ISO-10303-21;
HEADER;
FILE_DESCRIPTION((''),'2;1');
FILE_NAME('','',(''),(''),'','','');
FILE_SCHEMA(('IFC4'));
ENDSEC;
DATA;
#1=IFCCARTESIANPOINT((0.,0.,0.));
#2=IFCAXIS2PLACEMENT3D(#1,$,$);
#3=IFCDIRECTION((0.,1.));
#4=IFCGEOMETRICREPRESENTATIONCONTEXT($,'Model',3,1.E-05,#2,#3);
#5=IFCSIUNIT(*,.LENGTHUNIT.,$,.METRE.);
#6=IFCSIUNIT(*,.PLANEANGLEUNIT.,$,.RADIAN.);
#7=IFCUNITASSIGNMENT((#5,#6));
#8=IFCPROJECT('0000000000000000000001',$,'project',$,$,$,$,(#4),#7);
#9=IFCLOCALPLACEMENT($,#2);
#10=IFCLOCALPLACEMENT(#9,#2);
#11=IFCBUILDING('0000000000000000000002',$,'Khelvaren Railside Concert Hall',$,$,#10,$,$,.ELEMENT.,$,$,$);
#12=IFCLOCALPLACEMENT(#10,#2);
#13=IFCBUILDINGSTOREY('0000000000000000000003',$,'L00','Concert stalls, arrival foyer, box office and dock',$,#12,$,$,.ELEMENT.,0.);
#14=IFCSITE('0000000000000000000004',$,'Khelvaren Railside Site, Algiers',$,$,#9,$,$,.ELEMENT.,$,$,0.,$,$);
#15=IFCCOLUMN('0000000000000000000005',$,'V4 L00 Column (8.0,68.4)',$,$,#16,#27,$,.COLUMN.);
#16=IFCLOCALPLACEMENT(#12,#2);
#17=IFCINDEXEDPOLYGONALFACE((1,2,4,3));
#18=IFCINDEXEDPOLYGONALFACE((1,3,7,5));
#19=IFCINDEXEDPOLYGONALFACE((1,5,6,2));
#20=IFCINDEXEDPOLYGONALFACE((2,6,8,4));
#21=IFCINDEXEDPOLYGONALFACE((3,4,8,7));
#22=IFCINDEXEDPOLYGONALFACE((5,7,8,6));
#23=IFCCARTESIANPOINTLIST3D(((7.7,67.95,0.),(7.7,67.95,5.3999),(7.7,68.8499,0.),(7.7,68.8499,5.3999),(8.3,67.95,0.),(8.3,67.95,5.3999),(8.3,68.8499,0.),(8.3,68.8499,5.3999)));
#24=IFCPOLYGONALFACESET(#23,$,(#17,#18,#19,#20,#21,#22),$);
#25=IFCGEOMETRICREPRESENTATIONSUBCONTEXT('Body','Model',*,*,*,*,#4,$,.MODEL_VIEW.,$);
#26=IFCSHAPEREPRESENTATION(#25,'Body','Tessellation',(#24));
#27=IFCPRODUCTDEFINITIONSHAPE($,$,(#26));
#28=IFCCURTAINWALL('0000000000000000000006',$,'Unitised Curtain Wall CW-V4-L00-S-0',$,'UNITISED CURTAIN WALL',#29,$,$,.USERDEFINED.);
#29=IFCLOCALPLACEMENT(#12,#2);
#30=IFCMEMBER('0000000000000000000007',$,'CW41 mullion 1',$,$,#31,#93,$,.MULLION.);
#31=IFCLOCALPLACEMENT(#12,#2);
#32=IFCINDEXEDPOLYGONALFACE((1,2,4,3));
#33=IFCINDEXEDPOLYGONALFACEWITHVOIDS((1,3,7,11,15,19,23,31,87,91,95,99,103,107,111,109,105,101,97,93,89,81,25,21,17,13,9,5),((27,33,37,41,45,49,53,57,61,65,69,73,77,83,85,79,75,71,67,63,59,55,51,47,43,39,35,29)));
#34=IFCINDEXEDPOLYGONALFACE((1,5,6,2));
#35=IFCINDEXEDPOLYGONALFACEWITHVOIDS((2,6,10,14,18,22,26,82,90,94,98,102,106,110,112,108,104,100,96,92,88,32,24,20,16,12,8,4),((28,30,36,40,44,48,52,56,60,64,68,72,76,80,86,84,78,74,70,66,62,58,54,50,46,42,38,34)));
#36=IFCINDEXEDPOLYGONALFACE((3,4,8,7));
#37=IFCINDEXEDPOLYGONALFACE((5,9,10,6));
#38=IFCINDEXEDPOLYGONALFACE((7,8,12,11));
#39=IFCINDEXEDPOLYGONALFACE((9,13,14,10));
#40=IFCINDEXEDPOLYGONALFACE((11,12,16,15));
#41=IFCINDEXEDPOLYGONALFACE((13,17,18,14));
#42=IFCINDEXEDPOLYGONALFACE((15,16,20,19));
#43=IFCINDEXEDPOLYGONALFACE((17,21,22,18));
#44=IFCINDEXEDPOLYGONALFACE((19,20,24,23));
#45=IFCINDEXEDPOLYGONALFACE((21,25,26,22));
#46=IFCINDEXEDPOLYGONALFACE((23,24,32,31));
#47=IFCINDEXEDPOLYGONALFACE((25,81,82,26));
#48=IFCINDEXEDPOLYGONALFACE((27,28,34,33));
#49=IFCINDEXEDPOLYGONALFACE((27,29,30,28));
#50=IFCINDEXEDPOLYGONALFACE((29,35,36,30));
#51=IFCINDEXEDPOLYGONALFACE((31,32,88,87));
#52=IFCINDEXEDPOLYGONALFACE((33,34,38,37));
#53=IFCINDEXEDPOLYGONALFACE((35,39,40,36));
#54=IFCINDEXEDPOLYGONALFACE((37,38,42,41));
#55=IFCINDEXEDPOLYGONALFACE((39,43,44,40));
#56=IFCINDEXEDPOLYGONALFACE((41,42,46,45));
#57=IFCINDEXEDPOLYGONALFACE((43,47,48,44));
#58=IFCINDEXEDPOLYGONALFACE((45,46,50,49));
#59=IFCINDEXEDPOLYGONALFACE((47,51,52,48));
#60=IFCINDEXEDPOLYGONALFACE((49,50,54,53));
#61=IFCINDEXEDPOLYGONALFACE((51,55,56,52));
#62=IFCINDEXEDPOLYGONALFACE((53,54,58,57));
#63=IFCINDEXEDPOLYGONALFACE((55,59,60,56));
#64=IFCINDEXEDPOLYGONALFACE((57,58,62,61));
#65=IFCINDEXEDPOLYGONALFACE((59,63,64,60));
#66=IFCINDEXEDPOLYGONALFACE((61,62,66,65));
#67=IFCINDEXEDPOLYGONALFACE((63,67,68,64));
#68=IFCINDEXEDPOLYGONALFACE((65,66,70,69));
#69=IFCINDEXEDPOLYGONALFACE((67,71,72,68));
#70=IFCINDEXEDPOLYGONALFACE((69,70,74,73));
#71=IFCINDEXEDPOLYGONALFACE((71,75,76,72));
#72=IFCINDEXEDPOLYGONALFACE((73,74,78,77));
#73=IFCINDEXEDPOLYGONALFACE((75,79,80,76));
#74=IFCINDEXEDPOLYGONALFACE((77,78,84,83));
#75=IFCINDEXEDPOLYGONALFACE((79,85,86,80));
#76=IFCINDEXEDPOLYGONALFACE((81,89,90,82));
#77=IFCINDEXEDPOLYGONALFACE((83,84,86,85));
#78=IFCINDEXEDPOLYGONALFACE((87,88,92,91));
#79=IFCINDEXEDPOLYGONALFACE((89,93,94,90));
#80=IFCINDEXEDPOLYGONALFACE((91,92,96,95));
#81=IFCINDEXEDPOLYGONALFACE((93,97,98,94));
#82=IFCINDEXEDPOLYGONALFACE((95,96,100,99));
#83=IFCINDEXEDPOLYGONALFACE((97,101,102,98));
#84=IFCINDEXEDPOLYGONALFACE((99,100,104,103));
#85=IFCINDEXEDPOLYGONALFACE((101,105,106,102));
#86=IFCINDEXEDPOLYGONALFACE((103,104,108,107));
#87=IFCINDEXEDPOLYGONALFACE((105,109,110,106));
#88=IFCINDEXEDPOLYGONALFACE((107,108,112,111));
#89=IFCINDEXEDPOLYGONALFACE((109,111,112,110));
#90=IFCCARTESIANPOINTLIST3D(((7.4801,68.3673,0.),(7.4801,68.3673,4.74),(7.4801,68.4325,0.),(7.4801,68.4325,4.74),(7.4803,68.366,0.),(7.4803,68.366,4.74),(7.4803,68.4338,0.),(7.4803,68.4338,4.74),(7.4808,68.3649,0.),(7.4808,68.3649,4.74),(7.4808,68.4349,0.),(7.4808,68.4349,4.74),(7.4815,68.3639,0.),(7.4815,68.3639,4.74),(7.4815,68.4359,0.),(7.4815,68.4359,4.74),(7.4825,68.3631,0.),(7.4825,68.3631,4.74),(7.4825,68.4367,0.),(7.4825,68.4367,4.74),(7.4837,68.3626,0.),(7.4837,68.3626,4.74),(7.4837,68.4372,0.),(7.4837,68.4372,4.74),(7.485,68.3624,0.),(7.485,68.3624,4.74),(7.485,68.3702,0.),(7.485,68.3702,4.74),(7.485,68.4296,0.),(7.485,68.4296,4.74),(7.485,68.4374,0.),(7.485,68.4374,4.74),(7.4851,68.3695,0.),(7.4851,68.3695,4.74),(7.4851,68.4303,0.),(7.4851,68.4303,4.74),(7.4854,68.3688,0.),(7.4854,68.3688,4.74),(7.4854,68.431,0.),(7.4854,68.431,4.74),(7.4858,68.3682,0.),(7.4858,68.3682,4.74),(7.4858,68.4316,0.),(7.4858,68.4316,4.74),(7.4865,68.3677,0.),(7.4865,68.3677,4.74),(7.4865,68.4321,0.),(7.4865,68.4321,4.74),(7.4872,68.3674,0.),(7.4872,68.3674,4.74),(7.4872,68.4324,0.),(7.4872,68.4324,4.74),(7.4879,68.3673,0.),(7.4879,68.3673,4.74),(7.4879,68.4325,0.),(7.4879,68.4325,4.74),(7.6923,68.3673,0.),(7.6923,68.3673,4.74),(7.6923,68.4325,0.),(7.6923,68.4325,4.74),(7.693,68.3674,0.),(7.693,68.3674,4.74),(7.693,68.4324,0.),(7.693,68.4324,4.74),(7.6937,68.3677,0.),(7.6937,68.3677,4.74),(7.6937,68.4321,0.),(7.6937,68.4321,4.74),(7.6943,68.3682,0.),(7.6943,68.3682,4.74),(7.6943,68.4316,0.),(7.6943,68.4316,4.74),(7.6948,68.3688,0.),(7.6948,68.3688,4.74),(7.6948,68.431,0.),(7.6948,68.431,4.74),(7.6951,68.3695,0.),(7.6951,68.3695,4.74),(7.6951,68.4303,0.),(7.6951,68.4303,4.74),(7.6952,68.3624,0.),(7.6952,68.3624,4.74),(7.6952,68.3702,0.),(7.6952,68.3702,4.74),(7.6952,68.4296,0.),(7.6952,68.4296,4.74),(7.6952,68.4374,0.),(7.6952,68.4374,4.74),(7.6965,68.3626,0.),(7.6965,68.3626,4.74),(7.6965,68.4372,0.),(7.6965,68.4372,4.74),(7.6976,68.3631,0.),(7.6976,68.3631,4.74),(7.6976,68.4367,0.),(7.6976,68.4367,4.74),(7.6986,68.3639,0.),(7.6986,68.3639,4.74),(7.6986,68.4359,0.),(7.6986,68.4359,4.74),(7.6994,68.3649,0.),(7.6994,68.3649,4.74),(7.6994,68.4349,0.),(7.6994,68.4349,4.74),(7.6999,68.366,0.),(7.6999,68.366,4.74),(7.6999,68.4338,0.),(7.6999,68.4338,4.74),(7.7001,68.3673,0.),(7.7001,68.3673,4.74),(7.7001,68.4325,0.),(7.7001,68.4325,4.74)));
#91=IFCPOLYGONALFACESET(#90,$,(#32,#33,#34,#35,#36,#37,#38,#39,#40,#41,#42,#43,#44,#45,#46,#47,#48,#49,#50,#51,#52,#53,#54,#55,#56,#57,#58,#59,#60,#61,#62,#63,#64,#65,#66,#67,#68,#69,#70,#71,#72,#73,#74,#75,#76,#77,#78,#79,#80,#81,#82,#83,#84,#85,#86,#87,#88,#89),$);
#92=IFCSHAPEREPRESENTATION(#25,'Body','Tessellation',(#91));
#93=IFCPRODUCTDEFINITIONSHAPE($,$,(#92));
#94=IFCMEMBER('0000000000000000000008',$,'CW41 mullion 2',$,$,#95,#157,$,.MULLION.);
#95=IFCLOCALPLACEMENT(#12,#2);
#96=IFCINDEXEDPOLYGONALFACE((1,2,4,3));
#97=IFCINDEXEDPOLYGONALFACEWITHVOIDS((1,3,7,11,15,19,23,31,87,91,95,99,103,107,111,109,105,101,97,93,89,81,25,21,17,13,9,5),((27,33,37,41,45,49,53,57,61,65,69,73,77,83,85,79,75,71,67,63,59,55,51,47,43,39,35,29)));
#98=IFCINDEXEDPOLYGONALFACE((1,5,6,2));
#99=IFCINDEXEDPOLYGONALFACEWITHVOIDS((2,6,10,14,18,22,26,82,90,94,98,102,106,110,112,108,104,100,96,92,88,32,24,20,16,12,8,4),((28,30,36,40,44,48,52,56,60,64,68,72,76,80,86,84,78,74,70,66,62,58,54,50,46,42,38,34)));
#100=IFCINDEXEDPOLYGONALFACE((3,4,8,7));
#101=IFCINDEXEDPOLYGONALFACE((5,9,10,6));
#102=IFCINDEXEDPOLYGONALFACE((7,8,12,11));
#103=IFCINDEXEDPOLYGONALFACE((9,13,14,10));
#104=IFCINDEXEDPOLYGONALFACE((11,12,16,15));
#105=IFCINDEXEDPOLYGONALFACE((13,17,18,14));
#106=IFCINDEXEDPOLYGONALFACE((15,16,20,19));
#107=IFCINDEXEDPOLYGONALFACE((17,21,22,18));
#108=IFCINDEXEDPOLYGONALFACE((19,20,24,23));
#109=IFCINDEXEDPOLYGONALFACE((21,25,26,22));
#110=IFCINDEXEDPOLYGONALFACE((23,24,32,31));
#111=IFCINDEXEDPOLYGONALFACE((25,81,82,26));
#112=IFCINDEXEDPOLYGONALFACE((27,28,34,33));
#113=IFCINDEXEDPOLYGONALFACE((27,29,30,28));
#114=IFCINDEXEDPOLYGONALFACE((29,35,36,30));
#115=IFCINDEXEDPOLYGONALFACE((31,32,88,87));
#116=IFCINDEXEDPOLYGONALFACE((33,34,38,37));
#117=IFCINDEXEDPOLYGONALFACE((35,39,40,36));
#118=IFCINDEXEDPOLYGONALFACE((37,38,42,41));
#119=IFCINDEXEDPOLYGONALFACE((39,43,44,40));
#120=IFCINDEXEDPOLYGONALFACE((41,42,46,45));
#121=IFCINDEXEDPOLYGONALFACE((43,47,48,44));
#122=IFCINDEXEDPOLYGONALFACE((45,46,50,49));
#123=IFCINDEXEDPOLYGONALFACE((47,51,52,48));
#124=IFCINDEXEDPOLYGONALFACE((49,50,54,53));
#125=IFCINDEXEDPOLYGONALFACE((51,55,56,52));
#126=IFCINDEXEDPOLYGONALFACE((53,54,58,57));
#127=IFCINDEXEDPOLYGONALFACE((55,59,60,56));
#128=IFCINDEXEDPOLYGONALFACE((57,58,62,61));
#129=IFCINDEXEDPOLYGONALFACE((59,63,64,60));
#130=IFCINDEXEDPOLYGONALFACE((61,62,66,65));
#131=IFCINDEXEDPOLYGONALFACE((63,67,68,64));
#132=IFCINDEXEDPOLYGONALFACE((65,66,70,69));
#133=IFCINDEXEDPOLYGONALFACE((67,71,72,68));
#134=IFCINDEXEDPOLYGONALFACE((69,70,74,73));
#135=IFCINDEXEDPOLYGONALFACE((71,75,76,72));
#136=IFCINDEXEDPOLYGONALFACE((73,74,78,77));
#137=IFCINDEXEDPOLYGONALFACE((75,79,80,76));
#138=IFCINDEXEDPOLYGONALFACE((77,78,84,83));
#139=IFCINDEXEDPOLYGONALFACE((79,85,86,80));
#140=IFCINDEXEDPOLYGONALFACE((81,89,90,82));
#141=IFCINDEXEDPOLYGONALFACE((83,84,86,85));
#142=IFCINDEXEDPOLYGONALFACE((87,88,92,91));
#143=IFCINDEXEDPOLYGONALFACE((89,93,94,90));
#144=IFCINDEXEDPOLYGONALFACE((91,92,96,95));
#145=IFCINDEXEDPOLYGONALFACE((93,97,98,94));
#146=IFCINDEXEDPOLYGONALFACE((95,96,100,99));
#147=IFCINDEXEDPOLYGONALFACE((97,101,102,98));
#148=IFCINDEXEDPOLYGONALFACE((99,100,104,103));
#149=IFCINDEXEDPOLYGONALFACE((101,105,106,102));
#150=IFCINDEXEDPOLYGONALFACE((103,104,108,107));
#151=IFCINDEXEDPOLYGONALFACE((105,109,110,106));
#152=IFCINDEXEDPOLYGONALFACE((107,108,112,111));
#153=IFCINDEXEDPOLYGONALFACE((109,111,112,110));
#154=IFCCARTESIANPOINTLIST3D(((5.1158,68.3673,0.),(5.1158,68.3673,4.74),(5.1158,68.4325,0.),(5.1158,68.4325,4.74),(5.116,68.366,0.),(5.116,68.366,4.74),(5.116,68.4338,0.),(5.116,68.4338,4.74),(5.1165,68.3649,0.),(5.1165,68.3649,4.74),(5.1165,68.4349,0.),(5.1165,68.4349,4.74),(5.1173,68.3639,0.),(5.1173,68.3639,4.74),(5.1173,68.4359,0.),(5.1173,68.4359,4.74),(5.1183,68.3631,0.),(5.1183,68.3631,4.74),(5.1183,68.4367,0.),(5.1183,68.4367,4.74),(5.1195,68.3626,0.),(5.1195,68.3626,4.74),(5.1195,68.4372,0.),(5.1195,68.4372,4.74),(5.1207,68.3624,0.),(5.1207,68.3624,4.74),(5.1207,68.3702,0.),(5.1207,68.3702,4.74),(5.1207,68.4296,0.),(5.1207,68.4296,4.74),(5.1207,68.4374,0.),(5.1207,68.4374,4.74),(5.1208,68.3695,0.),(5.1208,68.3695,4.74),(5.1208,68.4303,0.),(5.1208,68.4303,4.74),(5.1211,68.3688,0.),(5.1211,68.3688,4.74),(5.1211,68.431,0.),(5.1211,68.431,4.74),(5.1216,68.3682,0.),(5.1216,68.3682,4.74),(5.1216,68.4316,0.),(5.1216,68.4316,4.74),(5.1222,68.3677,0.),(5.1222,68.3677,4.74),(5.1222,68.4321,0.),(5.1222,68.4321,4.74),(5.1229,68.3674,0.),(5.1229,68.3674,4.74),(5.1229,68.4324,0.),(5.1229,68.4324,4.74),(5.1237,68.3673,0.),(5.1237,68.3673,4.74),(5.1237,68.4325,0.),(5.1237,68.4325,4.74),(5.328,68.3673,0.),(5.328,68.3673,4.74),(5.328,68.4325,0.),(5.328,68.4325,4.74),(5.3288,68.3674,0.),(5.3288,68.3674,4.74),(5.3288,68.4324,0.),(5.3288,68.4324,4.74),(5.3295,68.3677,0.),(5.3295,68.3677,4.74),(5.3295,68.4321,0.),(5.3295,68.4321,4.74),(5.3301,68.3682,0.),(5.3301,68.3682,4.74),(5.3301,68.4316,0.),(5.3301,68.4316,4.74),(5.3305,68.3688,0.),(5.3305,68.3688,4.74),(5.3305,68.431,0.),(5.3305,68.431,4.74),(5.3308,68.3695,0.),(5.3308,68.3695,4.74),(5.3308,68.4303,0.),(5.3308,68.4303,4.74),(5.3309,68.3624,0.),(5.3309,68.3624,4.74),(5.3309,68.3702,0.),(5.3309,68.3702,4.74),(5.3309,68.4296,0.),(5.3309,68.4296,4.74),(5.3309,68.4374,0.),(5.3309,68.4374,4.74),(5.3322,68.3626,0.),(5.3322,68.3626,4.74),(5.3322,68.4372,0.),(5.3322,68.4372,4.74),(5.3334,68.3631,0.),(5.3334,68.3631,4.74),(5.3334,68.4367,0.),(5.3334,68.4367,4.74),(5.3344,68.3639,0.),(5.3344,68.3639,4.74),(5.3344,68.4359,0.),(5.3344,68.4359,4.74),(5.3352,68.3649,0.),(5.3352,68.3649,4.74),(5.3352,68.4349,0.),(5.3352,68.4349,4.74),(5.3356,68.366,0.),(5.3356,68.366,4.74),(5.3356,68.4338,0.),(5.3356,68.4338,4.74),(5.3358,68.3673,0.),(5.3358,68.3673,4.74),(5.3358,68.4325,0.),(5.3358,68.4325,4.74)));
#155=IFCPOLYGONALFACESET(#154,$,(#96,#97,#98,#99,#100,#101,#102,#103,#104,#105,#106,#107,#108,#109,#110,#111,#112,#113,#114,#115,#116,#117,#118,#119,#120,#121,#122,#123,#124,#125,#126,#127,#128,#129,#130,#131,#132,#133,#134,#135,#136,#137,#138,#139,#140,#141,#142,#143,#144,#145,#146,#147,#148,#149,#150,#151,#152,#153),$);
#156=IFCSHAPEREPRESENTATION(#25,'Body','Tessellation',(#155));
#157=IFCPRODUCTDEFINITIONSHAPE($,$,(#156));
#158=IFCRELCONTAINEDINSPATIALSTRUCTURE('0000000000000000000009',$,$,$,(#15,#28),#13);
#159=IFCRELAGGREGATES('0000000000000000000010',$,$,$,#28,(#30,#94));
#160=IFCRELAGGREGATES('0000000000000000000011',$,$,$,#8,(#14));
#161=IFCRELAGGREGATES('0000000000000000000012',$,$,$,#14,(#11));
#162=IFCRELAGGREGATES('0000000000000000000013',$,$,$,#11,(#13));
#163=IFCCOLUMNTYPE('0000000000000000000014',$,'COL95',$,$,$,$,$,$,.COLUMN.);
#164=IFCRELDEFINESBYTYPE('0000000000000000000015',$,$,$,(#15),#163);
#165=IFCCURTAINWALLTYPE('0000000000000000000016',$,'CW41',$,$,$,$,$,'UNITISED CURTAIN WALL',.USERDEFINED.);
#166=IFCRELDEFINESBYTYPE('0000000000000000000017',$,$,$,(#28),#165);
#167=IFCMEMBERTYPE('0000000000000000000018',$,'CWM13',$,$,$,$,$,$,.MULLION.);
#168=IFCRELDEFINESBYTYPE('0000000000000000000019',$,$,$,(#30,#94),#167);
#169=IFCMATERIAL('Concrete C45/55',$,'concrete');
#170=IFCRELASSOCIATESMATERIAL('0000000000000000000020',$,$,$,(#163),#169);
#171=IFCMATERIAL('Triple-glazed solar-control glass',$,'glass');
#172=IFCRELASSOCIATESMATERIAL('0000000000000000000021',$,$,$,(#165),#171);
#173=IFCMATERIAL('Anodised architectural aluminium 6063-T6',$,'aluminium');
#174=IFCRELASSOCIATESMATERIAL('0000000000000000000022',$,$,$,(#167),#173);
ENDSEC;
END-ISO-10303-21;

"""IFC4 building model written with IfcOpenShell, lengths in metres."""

from ifc_helpers import new_model, si_unit, direction, frame, origin, origin_2d, place, context, subcontext, project, spatial, rectangle, hollow_rectangle, extrude, material, material_profile, profile_set, type_object, element, aggregate, save


model = new_model("IFC4")

# Units and contexts
model_context = context("Model", 3, precision=1e-05, world=origin(), true_north=direction((0.0, 1.0)))
body_context = subcontext(model_context, "Body", "Model", "MODEL_VIEW")
ifc_project = project(units=[si_unit("LENGTHUNIT", "METRE"), si_unit("PLANEANGLEUNIT", "RADIAN")], contexts=[model_context])

# Site, building, storey
site_placement = place(None, origin())
site = spatial("IfcSite", under=ifc_project, at=site_placement, Name="Khelvaren Railside Site, Algiers", CompositionType="ELEMENT", RefElevation=0.0)
building_placement = place(site_placement, origin())
building = spatial("IfcBuilding", under=site, at=building_placement, Name="Khelvaren Railside Concert Hall", CompositionType="ELEMENT")
storey_placement = place(building_placement, origin())
storey = spatial("IfcBuildingStorey", under=building, at=storey_placement, Name="L00", Description="Concert stalls, arrival foyer, box office and dock", CompositionType="ELEMENT", Elevation=0.0)

# Column
ifc_material_1 = material(Name="Concrete C45/55", Category="concrete")
ifc_material_profile_1 = material_profile(ifc_material_1, rectangle(XDim=0.6001, YDim=0.8999, at=origin_2d()), Name="RC 600x900")
ifc_profile_set_1 = profile_set([ifc_material_profile_1], Name="Concrete C45/55")
column_type = type_object("IfcColumnType", Name="COL95", PredefinedType="COLUMN", material=ifc_profile_set_1)
column_placement = place(storey_placement, frame((8.0, 68.3999, 0.0), z_axis=(0.0, 0.0, 1.0), x_axis=(1.0, 0.0, 0.0)))
element("IfcColumn", 1, at=column_placement, inside=storey, type_object=column_type, Name="V4 L00 Column (8.0,68.4)", PredefinedType="COLUMN", context=body_context, shape_type="SweptSolid", body=[
    extrude(rectangle(XDim=0.6001, YDim=0.8999, at=origin_2d()), origin(), (0.0, 0.0, 1.0), 5.3999),
])

# Curtain wall, members
ifc_material_2 = material(Name="Triple-glazed solar-control glass", Category="glass")
curtain_wall_type_1 = type_object("IfcCurtainWallType", Name="CW41", ElementType="UNITISED CURTAIN WALL", PredefinedType="USERDEFINED", material=ifc_material_2)
curtain_wall_1_placement = place(storey_placement, origin())
curtain_wall_1 = element("IfcCurtainWall", 2, at=curtain_wall_1_placement, inside=storey, type_object=curtain_wall_type_1, Name="Unitised Curtain Wall CW-V4-L00-S-0", ObjectType="UNITISED CURTAIN WALL", PredefinedType="USERDEFINED")
ifc_material_3 = material(Name="Anodised architectural aluminium 6063-T6", Category="aluminium")
ifc_material_profile_2 = material_profile(ifc_material_3, hollow_rectangle(XDim=0.075, YDim=0.22, WallThickness=0.0049, InnerFilletRadius=0.0029, OuterFilletRadius=0.0049, at=origin_2d()), Name="CWM 75x220x5")
ifc_profile_set_2 = profile_set([ifc_material_profile_2], Name="Anodised architectural aluminium 6063-T6")
member_type_1 = type_object("IfcMemberType", Name="CWM13", PredefinedType="MULLION", material=ifc_profile_set_2)
member_1_placement = place(storey_placement, frame((7.5901, 68.3999, 0.0), z_axis=(0.0, 0.0, 1.0), x_axis=(0.0, -1.0, 0.0)))
member_1 = element("IfcMember", 3, at=member_1_placement, type_object=member_type_1, Name="CW41 mullion 1", PredefinedType="MULLION", context=body_context, shape_type="SweptSolid", body=[
    extrude(hollow_rectangle(XDim=0.075, YDim=0.22, WallThickness=0.0049, InnerFilletRadius=0.0029, OuterFilletRadius=0.0049, at=origin_2d()), origin(), (0.0, 0.0, 1.0), 4.74),
])
member_2_placement = place(storey_placement, frame((5.2258, 68.3999, 0.0), z_axis=(0.0, 0.0, 1.0), x_axis=(0.0, -1.0, 0.0)))
member_2 = element("IfcMember", 4, at=member_2_placement, type_object=member_type_1, Name="CW41 mullion 2", PredefinedType="MULLION", context=body_context, shape_type="SweptSolid", body=[
    extrude(hollow_rectangle(XDim=0.075, YDim=0.22, WallThickness=0.0049, InnerFilletRadius=0.0029, OuterFilletRadius=0.0049, at=origin_2d()), origin(), (0.0, 0.0, 1.0), 4.74),
])

aggregate(curtain_wall_1, [member_1, member_2])

save(model, "model.ifc")
